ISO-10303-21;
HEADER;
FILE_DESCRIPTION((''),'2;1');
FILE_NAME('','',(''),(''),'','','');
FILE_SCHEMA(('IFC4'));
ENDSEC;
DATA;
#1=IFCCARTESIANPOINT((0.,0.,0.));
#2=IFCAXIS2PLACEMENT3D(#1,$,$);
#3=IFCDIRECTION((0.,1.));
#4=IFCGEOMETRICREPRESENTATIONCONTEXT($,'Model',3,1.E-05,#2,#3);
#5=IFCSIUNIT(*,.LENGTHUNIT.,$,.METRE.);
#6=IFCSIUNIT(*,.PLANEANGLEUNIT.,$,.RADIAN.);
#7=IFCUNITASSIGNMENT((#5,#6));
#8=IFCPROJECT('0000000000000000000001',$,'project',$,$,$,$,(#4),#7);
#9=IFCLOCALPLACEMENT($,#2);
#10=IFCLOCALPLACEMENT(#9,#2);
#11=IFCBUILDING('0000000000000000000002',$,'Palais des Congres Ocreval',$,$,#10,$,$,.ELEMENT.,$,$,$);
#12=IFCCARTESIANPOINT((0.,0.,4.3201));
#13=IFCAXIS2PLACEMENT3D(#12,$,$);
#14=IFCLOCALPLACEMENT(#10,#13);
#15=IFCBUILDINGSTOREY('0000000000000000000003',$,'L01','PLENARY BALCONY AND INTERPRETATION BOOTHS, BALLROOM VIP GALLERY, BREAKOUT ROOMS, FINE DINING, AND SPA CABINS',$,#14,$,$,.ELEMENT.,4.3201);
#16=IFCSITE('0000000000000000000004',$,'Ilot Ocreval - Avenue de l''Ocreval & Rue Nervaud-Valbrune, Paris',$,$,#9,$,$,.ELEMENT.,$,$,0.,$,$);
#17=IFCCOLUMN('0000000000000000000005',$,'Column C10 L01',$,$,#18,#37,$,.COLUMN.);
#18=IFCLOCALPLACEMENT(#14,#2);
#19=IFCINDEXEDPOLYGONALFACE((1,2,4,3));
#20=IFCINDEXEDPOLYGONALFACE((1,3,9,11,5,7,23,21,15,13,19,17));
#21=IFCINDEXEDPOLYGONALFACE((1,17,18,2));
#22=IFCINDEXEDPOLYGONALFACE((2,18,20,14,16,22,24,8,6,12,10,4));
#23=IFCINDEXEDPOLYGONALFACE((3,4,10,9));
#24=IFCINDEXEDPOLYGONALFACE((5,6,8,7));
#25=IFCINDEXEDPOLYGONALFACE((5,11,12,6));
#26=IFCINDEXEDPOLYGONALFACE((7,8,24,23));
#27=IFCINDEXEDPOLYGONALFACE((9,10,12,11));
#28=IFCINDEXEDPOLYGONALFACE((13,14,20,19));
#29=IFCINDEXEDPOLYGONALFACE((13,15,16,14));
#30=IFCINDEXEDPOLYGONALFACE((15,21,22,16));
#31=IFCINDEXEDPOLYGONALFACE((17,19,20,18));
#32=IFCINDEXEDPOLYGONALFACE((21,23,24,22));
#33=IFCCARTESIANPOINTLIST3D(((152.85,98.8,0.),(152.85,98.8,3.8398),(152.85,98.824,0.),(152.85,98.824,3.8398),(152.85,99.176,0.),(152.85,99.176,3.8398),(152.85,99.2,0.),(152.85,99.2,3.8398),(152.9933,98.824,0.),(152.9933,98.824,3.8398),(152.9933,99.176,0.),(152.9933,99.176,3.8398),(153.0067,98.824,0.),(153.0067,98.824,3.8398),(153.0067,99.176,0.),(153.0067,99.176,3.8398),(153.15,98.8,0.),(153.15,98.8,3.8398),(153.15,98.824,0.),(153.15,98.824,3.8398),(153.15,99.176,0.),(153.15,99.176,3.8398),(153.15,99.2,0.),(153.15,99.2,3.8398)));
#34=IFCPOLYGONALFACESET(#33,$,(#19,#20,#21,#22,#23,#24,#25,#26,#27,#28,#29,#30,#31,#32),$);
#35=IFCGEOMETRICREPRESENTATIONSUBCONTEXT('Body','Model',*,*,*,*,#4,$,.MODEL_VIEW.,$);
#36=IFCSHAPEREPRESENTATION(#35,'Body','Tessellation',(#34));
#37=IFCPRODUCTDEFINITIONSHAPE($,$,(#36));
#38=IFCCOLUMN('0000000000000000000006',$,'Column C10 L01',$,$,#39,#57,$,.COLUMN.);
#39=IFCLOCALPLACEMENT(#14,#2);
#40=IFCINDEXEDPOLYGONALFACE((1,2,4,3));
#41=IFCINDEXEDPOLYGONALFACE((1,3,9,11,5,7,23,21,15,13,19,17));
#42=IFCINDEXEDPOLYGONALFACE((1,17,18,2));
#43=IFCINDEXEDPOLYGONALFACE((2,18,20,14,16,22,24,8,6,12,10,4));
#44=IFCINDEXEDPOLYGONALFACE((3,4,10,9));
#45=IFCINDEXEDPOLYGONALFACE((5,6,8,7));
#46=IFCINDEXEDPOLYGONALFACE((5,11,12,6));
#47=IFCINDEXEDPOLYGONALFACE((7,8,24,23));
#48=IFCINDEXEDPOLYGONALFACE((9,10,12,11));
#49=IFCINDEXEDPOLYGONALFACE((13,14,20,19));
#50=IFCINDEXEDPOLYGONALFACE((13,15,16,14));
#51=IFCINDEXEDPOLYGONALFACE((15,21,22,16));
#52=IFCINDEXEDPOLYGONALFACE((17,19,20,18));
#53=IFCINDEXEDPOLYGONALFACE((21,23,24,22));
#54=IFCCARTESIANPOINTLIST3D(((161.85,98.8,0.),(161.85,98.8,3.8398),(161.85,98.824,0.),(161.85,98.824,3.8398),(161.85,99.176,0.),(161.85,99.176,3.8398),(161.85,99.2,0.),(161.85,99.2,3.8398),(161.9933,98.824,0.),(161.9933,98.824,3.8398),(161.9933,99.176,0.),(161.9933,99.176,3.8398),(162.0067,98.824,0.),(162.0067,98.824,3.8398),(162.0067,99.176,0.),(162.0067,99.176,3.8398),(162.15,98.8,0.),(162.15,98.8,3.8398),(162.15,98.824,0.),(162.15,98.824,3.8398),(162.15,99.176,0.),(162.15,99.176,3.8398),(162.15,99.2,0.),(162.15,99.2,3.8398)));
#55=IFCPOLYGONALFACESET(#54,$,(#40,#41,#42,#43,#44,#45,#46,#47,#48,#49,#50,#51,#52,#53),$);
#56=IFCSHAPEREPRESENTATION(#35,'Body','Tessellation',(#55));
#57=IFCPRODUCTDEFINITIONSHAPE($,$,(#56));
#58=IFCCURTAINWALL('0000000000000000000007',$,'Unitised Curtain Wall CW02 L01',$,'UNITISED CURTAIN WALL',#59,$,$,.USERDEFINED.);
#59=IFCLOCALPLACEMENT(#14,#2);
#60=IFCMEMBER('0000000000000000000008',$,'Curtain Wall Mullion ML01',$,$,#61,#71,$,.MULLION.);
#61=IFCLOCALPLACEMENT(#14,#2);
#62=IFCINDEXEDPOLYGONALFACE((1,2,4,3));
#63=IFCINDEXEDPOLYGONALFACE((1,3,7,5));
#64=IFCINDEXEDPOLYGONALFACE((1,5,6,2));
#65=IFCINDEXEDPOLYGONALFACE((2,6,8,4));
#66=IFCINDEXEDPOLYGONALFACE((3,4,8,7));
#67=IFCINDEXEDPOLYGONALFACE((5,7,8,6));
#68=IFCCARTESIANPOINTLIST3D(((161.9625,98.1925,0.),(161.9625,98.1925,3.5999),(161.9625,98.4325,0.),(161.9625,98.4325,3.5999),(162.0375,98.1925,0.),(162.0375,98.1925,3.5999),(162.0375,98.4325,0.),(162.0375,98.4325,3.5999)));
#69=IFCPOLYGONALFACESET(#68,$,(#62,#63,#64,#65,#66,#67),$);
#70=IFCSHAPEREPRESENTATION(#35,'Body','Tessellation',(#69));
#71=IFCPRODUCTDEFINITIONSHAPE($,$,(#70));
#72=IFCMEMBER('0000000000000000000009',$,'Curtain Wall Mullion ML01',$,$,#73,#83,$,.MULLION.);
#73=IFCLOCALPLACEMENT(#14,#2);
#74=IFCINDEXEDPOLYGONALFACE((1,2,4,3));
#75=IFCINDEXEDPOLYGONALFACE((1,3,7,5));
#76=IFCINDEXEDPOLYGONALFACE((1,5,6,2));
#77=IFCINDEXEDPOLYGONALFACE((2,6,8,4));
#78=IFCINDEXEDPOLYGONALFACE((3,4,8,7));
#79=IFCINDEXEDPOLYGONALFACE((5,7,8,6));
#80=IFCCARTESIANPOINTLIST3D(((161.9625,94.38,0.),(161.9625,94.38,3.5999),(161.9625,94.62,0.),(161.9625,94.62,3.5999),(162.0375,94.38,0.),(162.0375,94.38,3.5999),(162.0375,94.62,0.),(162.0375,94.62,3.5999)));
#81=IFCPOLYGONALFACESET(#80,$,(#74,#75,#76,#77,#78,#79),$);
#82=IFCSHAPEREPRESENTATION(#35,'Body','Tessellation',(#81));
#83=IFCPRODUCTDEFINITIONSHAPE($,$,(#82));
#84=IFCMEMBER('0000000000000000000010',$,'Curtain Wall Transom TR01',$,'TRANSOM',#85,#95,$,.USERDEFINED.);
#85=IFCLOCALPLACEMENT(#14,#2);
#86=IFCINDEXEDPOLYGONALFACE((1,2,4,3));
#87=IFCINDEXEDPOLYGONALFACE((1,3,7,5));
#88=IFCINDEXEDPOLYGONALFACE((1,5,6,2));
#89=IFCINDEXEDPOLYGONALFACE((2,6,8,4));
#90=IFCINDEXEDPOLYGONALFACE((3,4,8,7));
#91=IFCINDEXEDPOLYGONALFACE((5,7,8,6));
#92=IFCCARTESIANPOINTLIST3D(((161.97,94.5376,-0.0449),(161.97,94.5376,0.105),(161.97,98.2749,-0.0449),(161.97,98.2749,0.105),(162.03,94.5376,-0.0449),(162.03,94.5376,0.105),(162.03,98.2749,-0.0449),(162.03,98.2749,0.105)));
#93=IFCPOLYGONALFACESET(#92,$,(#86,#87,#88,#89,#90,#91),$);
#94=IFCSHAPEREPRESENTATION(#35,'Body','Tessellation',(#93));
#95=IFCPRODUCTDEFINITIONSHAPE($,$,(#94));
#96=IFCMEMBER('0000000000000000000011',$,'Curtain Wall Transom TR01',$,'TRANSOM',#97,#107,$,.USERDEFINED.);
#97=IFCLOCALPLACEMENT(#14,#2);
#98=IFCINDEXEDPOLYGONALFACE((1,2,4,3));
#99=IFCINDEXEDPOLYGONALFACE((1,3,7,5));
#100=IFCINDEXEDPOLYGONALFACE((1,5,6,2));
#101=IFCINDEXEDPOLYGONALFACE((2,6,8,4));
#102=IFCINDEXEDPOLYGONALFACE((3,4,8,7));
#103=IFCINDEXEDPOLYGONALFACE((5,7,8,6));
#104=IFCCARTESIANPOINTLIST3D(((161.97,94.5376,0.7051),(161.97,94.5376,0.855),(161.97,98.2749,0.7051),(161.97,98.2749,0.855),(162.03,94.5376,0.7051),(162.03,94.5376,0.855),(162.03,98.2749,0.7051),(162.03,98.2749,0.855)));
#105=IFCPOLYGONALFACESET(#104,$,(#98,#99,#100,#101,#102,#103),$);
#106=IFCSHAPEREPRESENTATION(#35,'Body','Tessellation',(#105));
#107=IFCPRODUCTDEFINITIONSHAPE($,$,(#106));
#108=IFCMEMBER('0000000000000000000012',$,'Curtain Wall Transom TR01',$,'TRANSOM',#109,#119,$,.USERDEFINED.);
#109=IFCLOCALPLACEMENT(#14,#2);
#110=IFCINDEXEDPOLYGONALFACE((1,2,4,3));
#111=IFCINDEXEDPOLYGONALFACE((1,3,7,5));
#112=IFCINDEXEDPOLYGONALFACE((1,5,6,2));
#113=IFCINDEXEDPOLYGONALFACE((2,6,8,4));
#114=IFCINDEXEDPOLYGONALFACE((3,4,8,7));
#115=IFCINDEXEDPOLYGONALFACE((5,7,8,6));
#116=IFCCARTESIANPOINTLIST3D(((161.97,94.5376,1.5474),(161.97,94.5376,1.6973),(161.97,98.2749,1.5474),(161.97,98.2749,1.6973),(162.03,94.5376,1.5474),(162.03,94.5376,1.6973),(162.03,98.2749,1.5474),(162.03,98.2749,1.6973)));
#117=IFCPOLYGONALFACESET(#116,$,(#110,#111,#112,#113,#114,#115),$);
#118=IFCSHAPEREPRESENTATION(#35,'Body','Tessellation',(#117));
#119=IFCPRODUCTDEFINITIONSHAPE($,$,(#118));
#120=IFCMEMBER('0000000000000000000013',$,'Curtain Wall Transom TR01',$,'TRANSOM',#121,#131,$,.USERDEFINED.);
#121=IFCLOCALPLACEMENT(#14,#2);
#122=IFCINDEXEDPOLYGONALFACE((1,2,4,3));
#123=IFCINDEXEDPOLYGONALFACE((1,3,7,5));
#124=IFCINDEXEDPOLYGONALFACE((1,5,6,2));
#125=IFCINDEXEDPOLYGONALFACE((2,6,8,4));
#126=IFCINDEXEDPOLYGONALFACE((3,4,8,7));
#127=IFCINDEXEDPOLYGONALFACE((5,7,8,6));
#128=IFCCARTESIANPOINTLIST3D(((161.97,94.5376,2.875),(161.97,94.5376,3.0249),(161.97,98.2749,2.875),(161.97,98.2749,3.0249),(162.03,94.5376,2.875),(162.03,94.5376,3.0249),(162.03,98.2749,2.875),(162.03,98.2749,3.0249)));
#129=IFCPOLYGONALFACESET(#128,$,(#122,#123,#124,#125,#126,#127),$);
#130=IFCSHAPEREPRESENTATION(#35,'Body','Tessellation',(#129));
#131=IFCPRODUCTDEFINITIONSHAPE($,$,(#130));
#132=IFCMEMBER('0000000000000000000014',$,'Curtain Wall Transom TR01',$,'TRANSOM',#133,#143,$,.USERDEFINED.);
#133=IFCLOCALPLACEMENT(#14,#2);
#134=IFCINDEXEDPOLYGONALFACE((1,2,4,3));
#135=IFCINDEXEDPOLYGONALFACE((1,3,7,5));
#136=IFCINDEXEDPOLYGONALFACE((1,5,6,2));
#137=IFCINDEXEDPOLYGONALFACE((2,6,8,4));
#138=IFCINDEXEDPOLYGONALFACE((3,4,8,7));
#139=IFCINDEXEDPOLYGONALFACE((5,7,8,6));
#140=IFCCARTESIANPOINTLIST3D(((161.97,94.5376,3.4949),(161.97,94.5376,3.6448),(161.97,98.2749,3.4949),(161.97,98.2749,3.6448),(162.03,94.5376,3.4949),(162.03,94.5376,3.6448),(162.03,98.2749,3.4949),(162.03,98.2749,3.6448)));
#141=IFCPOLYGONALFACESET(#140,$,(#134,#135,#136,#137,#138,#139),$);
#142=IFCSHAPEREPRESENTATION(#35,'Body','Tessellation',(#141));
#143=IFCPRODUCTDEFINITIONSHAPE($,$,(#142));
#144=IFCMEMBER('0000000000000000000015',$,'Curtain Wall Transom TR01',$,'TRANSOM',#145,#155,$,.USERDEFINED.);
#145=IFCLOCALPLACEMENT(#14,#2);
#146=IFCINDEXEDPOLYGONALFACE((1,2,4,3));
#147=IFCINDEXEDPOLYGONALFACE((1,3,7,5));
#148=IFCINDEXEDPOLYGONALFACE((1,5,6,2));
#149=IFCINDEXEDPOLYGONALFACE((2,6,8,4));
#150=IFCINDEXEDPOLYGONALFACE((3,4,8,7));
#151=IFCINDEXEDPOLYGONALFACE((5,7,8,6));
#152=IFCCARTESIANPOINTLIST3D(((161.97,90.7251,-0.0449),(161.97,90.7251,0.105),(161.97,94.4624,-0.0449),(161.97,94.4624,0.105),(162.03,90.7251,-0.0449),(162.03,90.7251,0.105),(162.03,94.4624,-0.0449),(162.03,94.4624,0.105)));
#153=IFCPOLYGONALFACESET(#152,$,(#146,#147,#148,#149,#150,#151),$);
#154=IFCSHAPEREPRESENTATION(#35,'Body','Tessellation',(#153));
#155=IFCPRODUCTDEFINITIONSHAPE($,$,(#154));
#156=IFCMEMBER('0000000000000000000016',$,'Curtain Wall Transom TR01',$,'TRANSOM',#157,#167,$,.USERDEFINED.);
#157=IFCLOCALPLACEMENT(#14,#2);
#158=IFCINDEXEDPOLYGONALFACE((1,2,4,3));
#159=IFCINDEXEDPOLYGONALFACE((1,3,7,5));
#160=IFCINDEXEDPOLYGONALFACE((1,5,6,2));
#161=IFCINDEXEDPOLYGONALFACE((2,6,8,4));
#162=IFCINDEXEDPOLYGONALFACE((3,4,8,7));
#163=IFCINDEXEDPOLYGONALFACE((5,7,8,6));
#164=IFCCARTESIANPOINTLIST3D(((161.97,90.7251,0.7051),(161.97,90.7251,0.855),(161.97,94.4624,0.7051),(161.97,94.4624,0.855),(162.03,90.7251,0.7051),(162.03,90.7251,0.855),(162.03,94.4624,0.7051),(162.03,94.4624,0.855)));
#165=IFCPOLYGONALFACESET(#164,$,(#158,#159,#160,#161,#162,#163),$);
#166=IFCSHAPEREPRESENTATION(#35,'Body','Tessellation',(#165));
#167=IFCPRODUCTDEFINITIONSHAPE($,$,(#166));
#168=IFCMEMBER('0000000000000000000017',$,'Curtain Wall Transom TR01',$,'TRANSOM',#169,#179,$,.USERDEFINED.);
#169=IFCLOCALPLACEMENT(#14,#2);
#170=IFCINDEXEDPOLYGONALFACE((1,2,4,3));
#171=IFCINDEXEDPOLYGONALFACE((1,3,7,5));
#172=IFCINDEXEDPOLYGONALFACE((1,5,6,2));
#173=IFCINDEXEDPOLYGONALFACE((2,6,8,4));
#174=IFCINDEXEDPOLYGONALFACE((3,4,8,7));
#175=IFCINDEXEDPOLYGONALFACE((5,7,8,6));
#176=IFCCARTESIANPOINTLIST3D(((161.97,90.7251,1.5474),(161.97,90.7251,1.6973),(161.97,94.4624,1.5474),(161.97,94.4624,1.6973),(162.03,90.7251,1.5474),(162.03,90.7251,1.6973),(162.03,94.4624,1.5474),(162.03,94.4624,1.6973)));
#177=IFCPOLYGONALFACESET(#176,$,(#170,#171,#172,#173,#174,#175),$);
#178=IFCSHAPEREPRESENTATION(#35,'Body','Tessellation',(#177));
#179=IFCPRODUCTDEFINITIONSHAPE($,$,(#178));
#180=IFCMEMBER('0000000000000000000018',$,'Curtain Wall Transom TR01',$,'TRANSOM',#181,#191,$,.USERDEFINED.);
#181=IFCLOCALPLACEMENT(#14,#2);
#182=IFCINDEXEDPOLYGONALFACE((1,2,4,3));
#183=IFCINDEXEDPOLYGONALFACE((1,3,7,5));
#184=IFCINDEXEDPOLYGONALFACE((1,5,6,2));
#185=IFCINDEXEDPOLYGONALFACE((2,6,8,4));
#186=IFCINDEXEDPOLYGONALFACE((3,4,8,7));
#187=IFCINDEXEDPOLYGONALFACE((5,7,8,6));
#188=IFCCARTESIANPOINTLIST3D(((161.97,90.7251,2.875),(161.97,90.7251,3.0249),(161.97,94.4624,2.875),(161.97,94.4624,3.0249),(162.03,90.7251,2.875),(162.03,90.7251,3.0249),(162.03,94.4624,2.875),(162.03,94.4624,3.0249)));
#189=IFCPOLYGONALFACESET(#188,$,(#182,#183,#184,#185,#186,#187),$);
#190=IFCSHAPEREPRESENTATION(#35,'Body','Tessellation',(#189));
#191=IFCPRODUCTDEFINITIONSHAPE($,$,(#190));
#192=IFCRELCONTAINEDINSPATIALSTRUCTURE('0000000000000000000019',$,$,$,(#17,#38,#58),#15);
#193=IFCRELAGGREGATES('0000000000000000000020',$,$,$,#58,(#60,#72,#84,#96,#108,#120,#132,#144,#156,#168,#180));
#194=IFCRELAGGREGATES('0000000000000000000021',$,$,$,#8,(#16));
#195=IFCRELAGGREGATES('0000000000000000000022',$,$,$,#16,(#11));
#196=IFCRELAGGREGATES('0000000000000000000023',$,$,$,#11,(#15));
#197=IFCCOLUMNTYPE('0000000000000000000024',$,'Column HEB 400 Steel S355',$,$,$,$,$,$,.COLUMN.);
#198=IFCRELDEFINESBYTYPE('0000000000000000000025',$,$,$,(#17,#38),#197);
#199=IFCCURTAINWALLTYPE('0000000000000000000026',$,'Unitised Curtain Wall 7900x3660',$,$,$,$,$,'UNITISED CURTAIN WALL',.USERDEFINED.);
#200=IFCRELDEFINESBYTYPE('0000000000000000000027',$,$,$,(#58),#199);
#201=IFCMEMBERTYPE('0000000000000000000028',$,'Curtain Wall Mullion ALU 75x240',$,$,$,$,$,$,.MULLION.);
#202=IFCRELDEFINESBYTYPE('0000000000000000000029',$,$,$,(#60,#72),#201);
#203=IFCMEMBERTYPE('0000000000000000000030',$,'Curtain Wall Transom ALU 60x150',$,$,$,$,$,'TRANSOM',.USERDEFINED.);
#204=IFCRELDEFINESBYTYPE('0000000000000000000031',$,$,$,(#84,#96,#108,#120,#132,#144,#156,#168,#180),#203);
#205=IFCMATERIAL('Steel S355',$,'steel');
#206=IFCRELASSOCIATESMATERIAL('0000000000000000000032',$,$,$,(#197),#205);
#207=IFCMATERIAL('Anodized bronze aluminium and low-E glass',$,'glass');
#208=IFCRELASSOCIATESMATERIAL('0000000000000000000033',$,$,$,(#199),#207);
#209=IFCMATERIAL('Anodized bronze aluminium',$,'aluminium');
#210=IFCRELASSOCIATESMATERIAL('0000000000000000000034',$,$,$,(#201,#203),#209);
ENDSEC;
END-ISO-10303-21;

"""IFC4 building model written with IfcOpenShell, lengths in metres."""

from ifc_helpers import new_model, si_unit, direction, frame, origin, origin_2d, place, context, subcontext, project, spatial, rectangle, i_section, extrude, material, material_profile, profile_set, type_object, element, aggregate, save


model = new_model("IFC4")

# Units and contexts
model_context = context("Model", 3, precision=1e-05, world=origin(), true_north=direction((0.0, 1.0)))
body_context = subcontext(model_context, "Body", "Model", "MODEL_VIEW")
ifc_project = project(units=[si_unit("LENGTHUNIT", "METRE"), si_unit("PLANEANGLEUNIT", "RADIAN")], contexts=[model_context])

# Site, building, storey
site_placement = place(None, origin())
site = spatial("IfcSite", under=ifc_project, at=site_placement, Name="Ilot Ocreval - Avenue de l'Ocreval & Rue Nervaud-Valbrune, Paris", CompositionType="ELEMENT", RefElevation=0.0)
building_placement = place(site_placement, origin())
building = spatial("IfcBuilding", under=site, at=building_placement, Name="Palais des Congres Ocreval", CompositionType="ELEMENT")
storey_placement = place(building_placement, frame((0.0, 0.0, 4.3201)))
storey = spatial("IfcBuildingStorey", under=building, at=storey_placement, Name="L01", Description="PLENARY BALCONY AND INTERPRETATION BOOTHS, BALLROOM VIP GALLERY, BREAKOUT ROOMS, FINE DINING, AND SPA CABINS", CompositionType="ELEMENT", Elevation=4.3201)

# Columns
ifc_material_1 = material(Name="Steel S355", Category="steel")
ifc_material_profile_1 = material_profile(ifc_material_1, i_section(OverallWidth=0.3, OverallDepth=0.3999, WebThickness=0.0134, FlangeThickness=0.0239, at=origin_2d()), Name="HEB 400")
ifc_profile_set_1 = profile_set([ifc_material_profile_1], Name="Steel S355")
column_type = type_object("IfcColumnType", Name="Column HEB 400 Steel S355", PredefinedType="COLUMN", material=ifc_profile_set_1)
for number, where, z_axis, x_axis, name in (
    (1, (153.0, 99.0, 0.0), (0.0, 0.0, 1.0), (1.0, 0.0, 0.0), "Column C10 L01"),
    (2, (162.0, 99.0, 0.0), (0.0, 0.0, 1.0), (1.0, 0.0, 0.0), "Column C10 L01"),
):
    element("IfcColumn", number, at=place(storey_placement, frame(where, z_axis=z_axis, x_axis=x_axis)), inside=storey, type_object=column_type, Name=name, PredefinedType="COLUMN", context=body_context, shape_type="SweptSolid", body=[
        extrude(i_section(OverallWidth=0.3, OverallDepth=0.3999, WebThickness=0.0134, FlangeThickness=0.0239, at=origin_2d()), origin(), (0.0, 0.0, 1.0), 3.8398),
    ])

# Curtain wall, members
ifc_material_2 = material(Name="Anodized bronze aluminium and low-E glass", Category="glass")
curtain_wall_type = type_object("IfcCurtainWallType", Name="Unitised Curtain Wall 7900x3660", ElementType="UNITISED CURTAIN WALL", PredefinedType="USERDEFINED", material=ifc_material_2)
curtain_wall_placement = place(storey_placement, origin())
curtain_wall = element("IfcCurtainWall", 3, at=curtain_wall_placement, inside=storey, type_object=curtain_wall_type, Name="Unitised Curtain Wall CW02 L01", ObjectType="UNITISED CURTAIN WALL", PredefinedType="USERDEFINED")
ifc_material_3 = material(Name="Anodized bronze aluminium", Category="aluminium")
ifc_material_profile_2 = material_profile(ifc_material_3, rectangle(XDim=0.075, YDim=0.24, at=origin_2d()), Name="ALU 75x240")
ifc_profile_set_2 = profile_set([ifc_material_profile_2], Name="Anodized bronze aluminium")
member_type_1 = type_object("IfcMemberType", Name="Curtain Wall Mullion ALU 75x240", PredefinedType="MULLION", material=ifc_profile_set_2)
member_1_placement = place(storey_placement, frame((162.0, 98.3125, 0.0), z_axis=(0.0, 0.0, 1.0), x_axis=(1.0, 0.0, 0.0)))
member_1 = element("IfcMember", 4, at=member_1_placement, type_object=member_type_1, Name="Curtain Wall Mullion ML01", PredefinedType="MULLION", context=body_context, shape_type="SweptSolid", body=[
    extrude(rectangle(XDim=0.075, YDim=0.24, at=origin_2d()), origin(), (0.0, 0.0, 1.0), 3.5999),
])
member_2_placement = place(storey_placement, frame((162.0, 94.5, 0.0), z_axis=(0.0, 0.0, 1.0), x_axis=(1.0, 0.0, 0.0)))
member_2 = element("IfcMember", 5, at=member_2_placement, type_object=member_type_1, Name="Curtain Wall Mullion ML01", PredefinedType="MULLION", context=body_context, shape_type="SweptSolid", body=[
    extrude(rectangle(XDim=0.075, YDim=0.24, at=origin_2d()), origin(), (0.0, 0.0, 1.0), 3.5999),
])
ifc_material_profile_3 = material_profile(ifc_material_3, rectangle(XDim=0.0601, YDim=0.1499, at=origin_2d()), Name="ALU 60x150")
ifc_profile_set_3 = profile_set([ifc_material_profile_3], Name="Anodized bronze aluminium")
member_type_2 = type_object("IfcMemberType", Name="Curtain Wall Transom ALU 60x150", ElementType="TRANSOM", PredefinedType="USERDEFINED", material=ifc_profile_set_3)
member_3_placement = place(storey_placement, frame((162.0, 98.2749, 0.03), z_axis=(0.0, -1.0, 0.0), x_axis=(1.0, 0.0, 0.0)))
member_3 = element("IfcMember", 6, at=member_3_placement, type_object=member_type_2, Name="Curtain Wall Transom TR01", ObjectType="TRANSOM", PredefinedType="USERDEFINED", context=body_context, shape_type="SweptSolid", body=[
    extrude(rectangle(XDim=0.0601, YDim=0.1499, at=origin_2d()), origin(), (0.0, 0.0, 1.0), 3.7373),
])
member_4_placement = place(storey_placement, frame((162.0, 98.2749, 0.78), z_axis=(0.0, -1.0, 0.0), x_axis=(1.0, 0.0, 0.0)))
member_4 = element("IfcMember", 7, at=member_4_placement, type_object=member_type_2, Name="Curtain Wall Transom TR01", ObjectType="TRANSOM", PredefinedType="USERDEFINED", context=body_context, shape_type="SweptSolid", body=[
    extrude(rectangle(XDim=0.0601, YDim=0.1499, at=origin_2d()), origin(), (0.0, 0.0, 1.0), 3.7373),
])
member_5_placement = place(storey_placement, frame((162.0, 98.2749, 1.6223), z_axis=(0.0, -1.0, 0.0), x_axis=(1.0, 0.0, 0.0)))
member_5 = element("IfcMember", 8, at=member_5_placement, type_object=member_type_2, Name="Curtain Wall Transom TR01", ObjectType="TRANSOM", PredefinedType="USERDEFINED", context=body_context, shape_type="SweptSolid", body=[
    extrude(rectangle(XDim=0.0601, YDim=0.1499, at=origin_2d()), origin(), (0.0, 0.0, 1.0), 3.7373),
])
member_6_placement = place(storey_placement, frame((162.0, 98.2749, 2.95), z_axis=(0.0, -1.0, 0.0), x_axis=(1.0, 0.0, 0.0)))
member_6 = element("IfcMember", 9, at=member_6_placement, type_object=member_type_2, Name="Curtain Wall Transom TR01", ObjectType="TRANSOM", PredefinedType="USERDEFINED", context=body_context, shape_type="SweptSolid", body=[
    extrude(rectangle(XDim=0.0601, YDim=0.1499, at=origin_2d()), origin(), (0.0, 0.0, 1.0), 3.7373),
])
member_7_placement = place(storey_placement, frame((162.0, 98.2749, 3.5698), z_axis=(0.0, -1.0, 0.0), x_axis=(1.0, 0.0, 0.0)))
member_7 = element("IfcMember", 10, at=member_7_placement, type_object=member_type_2, Name="Curtain Wall Transom TR01", ObjectType="TRANSOM", PredefinedType="USERDEFINED", context=body_context, shape_type="SweptSolid", body=[
    extrude(rectangle(XDim=0.0601, YDim=0.1499, at=origin_2d()), origin(), (0.0, 0.0, 1.0), 3.7373),
])
member_8_placement = place(storey_placement, frame((162.0, 94.4624, 0.03), z_axis=(0.0, -1.0, 0.0), x_axis=(1.0, 0.0, 0.0)))
member_8 = element("IfcMember", 11, at=member_8_placement, type_object=member_type_2, Name="Curtain Wall Transom TR01", ObjectType="TRANSOM", PredefinedType="USERDEFINED", context=body_context, shape_type="SweptSolid", body=[
    extrude(rectangle(XDim=0.0601, YDim=0.1499, at=origin_2d()), origin(), (0.0, 0.0, 1.0), 3.7373),
])
member_9_placement = place(storey_placement, frame((162.0, 94.4624, 0.78), z_axis=(0.0, -1.0, 0.0), x_axis=(1.0, 0.0, 0.0)))
member_9 = element("IfcMember", 12, at=member_9_placement, type_object=member_type_2, Name="Curtain Wall Transom TR01", ObjectType="TRANSOM", PredefinedType="USERDEFINED", context=body_context, shape_type="SweptSolid", body=[
    extrude(rectangle(XDim=0.0601, YDim=0.1499, at=origin_2d()), origin(), (0.0, 0.0, 1.0), 3.7373),
])
member_10_placement = place(storey_placement, frame((162.0, 94.4624, 1.6223), z_axis=(0.0, -1.0, 0.0), x_axis=(1.0, 0.0, 0.0)))
member_10 = element("IfcMember", 13, at=member_10_placement, type_object=member_type_2, Name="Curtain Wall Transom TR01", ObjectType="TRANSOM", PredefinedType="USERDEFINED", context=body_context, shape_type="SweptSolid", body=[
    extrude(rectangle(XDim=0.0601, YDim=0.1499, at=origin_2d()), origin(), (0.0, 0.0, 1.0), 3.7373),
])
member_11_placement = place(storey_placement, frame((162.0, 94.4624, 2.95), z_axis=(0.0, -1.0, 0.0), x_axis=(1.0, 0.0, 0.0)))
member_11 = element("IfcMember", 14, at=member_11_placement, type_object=member_type_2, Name="Curtain Wall Transom TR01", ObjectType="TRANSOM", PredefinedType="USERDEFINED", context=body_context, shape_type="SweptSolid", body=[
    extrude(rectangle(XDim=0.0601, YDim=0.1499, at=origin_2d()), origin(), (0.0, 0.0, 1.0), 3.7373),
])

aggregate(curtain_wall, [member_1, member_2, member_3, member_4, member_5, member_6, member_7, member_8, member_9, member_10, member_11])

save(model, "model.ifc")
